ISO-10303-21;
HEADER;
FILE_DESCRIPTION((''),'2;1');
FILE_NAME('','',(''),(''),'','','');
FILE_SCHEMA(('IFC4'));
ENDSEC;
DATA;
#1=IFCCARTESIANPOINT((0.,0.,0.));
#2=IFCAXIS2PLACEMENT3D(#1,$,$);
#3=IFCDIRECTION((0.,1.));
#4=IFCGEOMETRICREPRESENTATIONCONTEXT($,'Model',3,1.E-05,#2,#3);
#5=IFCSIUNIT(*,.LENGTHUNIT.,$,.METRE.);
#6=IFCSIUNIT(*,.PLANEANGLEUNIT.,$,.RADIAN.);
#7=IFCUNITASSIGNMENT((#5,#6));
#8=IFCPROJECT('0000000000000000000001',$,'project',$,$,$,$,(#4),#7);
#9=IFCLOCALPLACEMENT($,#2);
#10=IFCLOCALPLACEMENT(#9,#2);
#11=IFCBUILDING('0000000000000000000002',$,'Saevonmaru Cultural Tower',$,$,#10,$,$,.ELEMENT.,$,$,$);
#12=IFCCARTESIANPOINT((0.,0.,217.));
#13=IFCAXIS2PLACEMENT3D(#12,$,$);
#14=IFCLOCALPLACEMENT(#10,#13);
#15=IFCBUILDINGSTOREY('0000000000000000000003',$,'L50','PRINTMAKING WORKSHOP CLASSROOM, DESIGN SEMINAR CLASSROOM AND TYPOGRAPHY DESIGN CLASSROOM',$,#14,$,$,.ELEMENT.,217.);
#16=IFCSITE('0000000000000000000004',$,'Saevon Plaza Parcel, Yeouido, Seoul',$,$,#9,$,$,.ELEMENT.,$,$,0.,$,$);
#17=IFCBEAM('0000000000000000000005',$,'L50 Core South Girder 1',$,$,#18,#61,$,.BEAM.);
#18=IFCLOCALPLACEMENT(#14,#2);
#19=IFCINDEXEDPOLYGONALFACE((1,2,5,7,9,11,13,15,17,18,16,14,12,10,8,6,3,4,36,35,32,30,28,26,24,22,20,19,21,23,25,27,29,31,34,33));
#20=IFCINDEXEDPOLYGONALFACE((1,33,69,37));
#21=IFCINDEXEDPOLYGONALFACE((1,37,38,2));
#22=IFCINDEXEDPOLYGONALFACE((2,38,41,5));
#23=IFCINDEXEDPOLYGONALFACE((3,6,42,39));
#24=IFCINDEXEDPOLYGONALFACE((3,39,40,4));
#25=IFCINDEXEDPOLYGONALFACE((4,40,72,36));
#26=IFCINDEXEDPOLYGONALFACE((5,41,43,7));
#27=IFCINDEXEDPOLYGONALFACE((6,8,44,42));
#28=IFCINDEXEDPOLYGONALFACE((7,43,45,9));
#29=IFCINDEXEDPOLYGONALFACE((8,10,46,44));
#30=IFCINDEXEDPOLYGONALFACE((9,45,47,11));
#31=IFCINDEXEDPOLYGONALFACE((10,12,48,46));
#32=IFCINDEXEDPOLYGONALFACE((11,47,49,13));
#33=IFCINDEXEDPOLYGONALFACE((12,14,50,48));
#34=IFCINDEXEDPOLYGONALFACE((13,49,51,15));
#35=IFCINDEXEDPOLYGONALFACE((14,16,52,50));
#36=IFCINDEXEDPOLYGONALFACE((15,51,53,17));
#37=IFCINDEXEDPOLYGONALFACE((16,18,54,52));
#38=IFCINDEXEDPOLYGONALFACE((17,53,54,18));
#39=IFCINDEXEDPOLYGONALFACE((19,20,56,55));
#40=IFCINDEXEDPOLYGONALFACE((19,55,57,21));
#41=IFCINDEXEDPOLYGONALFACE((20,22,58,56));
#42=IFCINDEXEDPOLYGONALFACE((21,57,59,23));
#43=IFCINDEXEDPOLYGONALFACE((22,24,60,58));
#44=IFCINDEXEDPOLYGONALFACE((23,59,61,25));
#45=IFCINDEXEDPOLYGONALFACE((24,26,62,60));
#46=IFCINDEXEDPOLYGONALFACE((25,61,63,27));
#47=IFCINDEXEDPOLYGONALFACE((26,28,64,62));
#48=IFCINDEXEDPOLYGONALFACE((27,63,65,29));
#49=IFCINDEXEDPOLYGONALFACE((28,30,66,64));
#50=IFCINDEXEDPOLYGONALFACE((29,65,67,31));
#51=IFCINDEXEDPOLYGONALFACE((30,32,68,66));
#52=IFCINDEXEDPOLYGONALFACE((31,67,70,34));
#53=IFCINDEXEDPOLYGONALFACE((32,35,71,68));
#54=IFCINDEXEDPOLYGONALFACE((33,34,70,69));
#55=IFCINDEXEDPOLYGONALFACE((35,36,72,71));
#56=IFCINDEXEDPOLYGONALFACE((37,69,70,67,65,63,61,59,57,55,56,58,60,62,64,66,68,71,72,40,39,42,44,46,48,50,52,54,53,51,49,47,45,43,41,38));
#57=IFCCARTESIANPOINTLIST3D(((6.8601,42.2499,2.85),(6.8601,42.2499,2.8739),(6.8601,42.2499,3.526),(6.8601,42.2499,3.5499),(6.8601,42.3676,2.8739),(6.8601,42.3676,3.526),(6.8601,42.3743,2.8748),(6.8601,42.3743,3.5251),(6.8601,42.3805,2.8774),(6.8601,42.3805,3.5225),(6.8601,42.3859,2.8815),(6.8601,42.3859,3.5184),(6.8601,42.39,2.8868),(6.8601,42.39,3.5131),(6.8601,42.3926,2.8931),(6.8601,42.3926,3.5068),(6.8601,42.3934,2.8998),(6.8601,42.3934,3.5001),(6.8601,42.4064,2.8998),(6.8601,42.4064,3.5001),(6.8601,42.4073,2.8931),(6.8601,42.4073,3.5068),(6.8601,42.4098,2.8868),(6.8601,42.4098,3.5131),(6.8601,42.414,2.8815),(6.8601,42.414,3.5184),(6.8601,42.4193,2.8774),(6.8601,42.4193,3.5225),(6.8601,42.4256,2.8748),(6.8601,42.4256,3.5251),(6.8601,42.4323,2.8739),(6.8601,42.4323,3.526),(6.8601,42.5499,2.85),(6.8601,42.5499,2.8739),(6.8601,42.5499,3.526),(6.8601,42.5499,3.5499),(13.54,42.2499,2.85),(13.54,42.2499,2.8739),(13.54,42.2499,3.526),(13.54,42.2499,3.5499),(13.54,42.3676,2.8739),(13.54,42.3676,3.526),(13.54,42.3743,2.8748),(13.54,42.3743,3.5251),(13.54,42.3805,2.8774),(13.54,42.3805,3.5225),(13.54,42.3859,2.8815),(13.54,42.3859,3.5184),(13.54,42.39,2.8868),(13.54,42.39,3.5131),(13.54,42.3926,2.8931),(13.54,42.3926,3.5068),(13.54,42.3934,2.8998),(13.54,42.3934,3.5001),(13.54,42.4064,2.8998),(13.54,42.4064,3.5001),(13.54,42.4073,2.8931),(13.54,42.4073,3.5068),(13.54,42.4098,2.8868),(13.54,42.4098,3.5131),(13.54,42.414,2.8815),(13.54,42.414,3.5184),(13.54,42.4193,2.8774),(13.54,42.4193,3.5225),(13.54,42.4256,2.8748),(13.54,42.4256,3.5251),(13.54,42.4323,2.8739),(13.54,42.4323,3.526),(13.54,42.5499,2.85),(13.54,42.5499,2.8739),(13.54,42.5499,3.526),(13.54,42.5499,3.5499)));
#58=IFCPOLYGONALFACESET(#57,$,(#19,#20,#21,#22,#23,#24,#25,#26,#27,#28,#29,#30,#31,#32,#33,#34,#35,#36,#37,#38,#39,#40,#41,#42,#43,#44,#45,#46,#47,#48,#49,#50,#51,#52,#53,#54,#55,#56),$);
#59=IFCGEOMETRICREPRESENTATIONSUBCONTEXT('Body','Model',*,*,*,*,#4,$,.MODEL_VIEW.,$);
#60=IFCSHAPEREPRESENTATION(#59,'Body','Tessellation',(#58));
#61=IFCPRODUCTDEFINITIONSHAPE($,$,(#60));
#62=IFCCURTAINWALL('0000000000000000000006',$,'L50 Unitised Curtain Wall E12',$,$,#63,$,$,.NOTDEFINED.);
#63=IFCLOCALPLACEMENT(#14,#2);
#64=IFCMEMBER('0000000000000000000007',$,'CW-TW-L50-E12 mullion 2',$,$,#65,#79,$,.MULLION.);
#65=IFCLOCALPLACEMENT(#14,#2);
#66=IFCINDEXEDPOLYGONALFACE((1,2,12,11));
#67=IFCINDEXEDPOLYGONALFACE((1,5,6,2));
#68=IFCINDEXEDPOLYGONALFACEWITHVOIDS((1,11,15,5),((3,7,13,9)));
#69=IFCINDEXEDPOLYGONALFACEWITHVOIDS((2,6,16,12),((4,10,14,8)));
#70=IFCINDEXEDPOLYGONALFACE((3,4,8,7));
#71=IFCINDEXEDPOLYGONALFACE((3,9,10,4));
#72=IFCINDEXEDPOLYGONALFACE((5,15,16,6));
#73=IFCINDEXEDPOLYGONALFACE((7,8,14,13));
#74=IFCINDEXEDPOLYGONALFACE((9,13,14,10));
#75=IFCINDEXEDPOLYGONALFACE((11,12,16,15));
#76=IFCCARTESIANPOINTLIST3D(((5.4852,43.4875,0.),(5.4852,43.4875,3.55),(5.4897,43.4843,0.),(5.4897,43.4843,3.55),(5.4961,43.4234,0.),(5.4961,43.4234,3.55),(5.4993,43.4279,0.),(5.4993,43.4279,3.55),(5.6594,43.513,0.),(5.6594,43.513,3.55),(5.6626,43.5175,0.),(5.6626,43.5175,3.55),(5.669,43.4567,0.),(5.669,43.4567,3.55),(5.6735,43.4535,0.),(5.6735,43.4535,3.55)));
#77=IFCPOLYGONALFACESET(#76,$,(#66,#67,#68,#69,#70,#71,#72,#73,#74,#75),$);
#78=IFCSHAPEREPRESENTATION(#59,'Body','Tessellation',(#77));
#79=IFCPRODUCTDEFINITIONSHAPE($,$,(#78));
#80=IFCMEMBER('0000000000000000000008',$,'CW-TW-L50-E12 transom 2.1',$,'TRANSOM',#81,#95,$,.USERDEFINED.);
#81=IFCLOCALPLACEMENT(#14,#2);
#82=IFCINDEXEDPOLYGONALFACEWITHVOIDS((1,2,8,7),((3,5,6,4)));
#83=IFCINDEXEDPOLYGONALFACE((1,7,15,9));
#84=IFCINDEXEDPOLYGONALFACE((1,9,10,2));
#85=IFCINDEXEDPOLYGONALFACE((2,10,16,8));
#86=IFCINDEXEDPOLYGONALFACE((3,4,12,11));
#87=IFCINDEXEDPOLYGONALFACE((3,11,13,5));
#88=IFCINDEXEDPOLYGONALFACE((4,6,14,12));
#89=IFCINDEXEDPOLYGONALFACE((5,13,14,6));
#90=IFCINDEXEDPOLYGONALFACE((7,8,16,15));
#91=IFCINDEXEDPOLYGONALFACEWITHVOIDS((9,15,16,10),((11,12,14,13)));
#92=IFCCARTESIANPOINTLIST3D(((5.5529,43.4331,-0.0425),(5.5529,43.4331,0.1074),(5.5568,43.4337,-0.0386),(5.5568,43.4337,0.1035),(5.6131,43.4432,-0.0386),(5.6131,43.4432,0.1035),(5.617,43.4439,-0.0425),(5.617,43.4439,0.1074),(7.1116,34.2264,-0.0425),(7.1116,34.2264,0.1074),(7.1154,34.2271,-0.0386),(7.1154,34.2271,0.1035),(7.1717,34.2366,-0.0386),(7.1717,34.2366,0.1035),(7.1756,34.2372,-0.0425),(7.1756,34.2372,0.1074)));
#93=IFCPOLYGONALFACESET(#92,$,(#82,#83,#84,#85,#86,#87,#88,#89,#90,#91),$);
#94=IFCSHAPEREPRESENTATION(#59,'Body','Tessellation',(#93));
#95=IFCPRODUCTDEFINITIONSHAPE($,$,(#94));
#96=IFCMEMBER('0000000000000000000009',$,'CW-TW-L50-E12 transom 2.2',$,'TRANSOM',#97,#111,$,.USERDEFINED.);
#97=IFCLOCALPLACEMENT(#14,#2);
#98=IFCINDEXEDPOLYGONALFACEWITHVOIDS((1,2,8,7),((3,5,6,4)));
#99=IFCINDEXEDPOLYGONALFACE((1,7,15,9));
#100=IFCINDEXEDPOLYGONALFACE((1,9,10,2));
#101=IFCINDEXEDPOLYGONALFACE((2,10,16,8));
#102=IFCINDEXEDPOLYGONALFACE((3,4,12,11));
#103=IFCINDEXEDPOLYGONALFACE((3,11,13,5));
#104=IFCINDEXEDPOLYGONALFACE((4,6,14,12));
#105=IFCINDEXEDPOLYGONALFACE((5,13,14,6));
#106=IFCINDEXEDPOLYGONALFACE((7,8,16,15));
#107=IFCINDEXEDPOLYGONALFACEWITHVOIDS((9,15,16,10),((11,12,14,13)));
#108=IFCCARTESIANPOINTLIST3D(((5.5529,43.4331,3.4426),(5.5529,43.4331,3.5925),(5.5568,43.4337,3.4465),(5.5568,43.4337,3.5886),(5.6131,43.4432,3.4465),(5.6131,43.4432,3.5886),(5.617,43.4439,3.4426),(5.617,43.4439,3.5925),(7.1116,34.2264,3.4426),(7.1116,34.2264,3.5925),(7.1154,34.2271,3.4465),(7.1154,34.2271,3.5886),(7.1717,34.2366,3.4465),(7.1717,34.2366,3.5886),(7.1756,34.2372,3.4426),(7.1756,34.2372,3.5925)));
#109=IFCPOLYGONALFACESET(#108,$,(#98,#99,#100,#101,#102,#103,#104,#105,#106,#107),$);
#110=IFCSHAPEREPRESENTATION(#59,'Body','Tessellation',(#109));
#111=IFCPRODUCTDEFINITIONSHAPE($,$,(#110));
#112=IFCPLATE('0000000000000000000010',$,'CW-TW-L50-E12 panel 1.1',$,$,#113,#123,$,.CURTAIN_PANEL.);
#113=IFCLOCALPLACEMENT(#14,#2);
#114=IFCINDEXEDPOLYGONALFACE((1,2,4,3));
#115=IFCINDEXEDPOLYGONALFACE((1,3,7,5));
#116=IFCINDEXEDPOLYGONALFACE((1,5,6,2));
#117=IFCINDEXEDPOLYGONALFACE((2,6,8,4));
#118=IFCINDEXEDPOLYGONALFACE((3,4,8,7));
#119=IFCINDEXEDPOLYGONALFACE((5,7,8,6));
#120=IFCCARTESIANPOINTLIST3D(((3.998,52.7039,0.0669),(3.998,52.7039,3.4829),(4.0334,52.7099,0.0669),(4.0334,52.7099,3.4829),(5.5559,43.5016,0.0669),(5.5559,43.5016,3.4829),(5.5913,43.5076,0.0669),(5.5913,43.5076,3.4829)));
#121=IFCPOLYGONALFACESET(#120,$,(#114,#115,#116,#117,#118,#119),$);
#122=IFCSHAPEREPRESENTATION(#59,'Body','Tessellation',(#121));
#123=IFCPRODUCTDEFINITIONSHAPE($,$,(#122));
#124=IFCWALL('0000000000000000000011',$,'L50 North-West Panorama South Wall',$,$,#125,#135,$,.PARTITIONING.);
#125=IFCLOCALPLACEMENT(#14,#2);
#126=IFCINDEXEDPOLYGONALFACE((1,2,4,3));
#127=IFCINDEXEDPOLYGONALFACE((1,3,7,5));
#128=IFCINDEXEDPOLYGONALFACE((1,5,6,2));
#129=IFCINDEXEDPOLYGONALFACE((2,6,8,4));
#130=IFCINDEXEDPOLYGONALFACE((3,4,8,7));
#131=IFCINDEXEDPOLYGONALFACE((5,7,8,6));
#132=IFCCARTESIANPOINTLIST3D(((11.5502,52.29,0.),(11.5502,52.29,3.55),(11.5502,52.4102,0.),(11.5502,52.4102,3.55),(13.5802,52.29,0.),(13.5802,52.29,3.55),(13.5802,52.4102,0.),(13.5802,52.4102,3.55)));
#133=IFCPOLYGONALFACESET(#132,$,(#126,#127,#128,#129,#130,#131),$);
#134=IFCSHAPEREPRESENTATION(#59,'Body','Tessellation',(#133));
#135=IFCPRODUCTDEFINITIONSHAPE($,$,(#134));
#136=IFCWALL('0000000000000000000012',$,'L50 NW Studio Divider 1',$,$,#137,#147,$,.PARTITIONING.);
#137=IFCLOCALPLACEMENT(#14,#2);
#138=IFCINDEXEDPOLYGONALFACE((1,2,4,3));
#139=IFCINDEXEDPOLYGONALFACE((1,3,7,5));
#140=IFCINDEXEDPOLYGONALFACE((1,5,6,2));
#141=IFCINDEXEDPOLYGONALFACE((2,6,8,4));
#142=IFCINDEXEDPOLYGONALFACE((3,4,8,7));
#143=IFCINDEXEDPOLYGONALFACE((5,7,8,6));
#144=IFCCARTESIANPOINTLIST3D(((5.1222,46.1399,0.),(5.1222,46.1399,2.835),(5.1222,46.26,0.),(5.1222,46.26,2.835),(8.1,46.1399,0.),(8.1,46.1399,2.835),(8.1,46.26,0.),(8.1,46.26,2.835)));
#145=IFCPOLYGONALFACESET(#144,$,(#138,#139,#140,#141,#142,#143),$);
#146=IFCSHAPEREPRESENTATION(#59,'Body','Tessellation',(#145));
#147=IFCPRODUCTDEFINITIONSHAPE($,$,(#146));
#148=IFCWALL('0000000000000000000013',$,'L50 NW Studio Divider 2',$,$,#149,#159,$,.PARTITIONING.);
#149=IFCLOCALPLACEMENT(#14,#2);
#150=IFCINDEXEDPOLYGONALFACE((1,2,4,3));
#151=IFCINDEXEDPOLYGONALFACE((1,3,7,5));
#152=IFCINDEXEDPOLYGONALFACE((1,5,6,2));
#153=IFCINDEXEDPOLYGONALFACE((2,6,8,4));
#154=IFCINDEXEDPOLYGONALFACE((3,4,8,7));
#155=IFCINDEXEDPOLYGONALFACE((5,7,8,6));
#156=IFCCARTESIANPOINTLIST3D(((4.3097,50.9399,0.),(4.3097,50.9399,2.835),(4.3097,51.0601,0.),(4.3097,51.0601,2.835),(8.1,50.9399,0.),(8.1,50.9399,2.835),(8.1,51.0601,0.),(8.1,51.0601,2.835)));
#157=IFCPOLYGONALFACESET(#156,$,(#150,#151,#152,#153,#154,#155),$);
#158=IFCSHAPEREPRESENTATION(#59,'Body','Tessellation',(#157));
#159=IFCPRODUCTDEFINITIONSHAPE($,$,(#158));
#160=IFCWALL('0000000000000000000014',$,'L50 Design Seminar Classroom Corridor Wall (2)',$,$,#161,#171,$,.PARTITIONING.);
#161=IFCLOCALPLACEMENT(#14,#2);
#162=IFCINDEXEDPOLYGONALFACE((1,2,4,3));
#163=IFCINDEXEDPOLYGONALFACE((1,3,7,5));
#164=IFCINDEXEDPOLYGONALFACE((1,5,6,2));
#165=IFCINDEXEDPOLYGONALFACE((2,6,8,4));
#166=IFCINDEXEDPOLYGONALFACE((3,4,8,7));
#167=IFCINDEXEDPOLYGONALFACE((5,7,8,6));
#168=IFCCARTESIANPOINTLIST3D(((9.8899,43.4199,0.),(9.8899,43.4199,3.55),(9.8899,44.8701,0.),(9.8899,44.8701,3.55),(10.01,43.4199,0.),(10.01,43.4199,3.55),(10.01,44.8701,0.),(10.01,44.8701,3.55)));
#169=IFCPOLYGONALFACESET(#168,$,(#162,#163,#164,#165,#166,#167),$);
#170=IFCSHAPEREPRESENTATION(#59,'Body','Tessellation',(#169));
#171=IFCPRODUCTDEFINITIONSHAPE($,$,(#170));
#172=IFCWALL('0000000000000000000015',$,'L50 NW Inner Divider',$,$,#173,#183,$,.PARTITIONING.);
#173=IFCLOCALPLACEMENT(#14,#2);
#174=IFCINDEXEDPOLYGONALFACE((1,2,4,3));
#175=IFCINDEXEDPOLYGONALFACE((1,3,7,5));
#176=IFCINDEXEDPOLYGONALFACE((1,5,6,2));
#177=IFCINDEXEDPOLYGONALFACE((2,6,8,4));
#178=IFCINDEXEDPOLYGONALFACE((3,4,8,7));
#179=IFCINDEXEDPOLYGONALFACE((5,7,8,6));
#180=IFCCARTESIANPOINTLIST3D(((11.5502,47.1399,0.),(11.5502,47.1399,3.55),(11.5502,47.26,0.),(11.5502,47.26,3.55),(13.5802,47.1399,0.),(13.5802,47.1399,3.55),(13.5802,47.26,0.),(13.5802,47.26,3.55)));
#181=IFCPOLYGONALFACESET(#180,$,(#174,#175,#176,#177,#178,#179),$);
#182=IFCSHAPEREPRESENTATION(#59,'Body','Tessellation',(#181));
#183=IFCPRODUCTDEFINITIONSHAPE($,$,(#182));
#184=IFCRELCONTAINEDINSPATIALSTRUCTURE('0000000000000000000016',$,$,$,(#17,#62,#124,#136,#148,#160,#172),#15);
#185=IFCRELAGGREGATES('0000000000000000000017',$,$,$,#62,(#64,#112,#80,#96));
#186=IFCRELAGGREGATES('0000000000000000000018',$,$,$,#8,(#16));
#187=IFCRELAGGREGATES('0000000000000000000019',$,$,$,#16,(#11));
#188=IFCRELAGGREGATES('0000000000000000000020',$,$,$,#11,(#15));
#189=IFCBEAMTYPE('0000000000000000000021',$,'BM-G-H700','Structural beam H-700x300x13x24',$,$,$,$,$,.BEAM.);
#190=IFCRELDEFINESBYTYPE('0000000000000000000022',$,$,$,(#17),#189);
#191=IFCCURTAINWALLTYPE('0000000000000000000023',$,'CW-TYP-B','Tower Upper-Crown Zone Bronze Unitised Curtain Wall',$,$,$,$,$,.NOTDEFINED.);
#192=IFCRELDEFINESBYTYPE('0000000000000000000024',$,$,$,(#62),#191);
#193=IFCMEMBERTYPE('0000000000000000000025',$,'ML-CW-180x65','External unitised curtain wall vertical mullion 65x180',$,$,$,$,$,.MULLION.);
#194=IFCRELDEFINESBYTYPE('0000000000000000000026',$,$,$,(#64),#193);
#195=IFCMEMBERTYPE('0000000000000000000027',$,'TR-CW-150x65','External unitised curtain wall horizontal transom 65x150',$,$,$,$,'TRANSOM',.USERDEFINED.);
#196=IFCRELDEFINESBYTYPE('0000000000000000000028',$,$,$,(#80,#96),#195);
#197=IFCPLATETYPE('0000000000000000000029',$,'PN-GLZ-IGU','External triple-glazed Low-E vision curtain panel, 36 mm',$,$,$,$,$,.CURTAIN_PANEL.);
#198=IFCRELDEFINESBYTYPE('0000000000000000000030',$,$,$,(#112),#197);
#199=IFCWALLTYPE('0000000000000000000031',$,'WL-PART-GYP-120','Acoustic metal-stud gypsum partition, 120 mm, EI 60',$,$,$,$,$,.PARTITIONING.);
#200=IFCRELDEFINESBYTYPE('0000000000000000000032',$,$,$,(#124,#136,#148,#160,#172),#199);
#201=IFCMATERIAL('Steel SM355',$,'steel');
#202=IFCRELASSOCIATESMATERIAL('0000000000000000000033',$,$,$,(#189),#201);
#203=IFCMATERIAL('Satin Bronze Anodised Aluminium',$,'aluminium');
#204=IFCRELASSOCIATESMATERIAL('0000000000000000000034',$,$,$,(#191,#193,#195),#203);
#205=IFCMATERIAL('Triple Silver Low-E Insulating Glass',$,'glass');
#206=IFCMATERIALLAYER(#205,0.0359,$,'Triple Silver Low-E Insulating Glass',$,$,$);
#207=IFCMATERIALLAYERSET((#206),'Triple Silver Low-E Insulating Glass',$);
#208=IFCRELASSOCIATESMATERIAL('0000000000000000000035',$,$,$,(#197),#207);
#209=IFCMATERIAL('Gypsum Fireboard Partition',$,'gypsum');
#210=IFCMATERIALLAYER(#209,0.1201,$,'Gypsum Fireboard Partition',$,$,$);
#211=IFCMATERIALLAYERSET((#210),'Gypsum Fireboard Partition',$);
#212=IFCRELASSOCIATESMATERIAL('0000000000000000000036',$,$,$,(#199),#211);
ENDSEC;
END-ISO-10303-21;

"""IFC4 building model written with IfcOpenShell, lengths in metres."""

from ifc_helpers import new_model, si_unit, direction, frame, frame_2d, origin, origin_2d, place, context, subcontext, project, spatial, rectangle, hollow_rectangle, i_section, extrude, material, layer, layer_set, material_profile, profile_set, type_object, element, aggregate, save


model = new_model("IFC4")

# Units and contexts
model_context = context("Model", 3, precision=1e-05, world=origin(), true_north=direction((0.0, 1.0)))
body_context = subcontext(model_context, "Body", "Model", "MODEL_VIEW")
ifc_project = project(units=[si_unit("LENGTHUNIT", "METRE"), si_unit("PLANEANGLEUNIT", "RADIAN")], contexts=[model_context])

# Site, building, storey
site_placement = place(None, origin())
site = spatial("IfcSite", under=ifc_project, at=site_placement, Name="Saevon Plaza Parcel, Yeouido, Seoul", CompositionType="ELEMENT", RefElevation=0.0)
building_placement = place(site_placement, origin())
building = spatial("IfcBuilding", under=site, at=building_placement, Name="Saevonmaru Cultural Tower", CompositionType="ELEMENT")
storey_placement = place(building_placement, frame((0.0, 0.0, 217.0)))
storey = spatial("IfcBuildingStorey", under=building, at=storey_placement, Name="L50", Description="PRINTMAKING WORKSHOP CLASSROOM, DESIGN SEMINAR CLASSROOM AND TYPOGRAPHY DESIGN CLASSROOM", CompositionType="ELEMENT", Elevation=217.0)

# Beam
ifc_material_1 = material(Name="Steel SM355", Category="steel")
ifc_material_profile_1 = material_profile(ifc_material_1, i_section(OverallWidth=0.3, OverallDepth=0.7, WebThickness=0.0129, FlangeThickness=0.0239, FilletRadius=0.0259, at=origin_2d()), Name="H-700x300x13x24")
ifc_profile_set_1 = profile_set([ifc_material_profile_1], Name="Steel SM355")
beam_type = type_object("IfcBeamType", Name="BM-G-H700", Description="Structural beam H-700x300x13x24", PredefinedType="BEAM", material=ifc_profile_set_1)
beam_placement = place(storey_placement, frame((6.8601, 42.3999, 3.2), z_axis=(1.0, 0.0, 0.0), x_axis=(0.0, 1.0, 0.0)))
element("IfcBeam", 1, at=beam_placement, inside=storey, type_object=beam_type, Name="L50 Core South Girder 1", PredefinedType="BEAM", context=body_context, shape_type="SweptSolid", body=[
    extrude(i_section(OverallWidth=0.3, OverallDepth=0.7, WebThickness=0.0129, FlangeThickness=0.0239, FilletRadius=0.0259, at=origin_2d()), origin(), (0.0, 0.0, 1.0), 6.6799),
])

# Curtain wall, members, plate
ifc_material_2 = material(Name="Satin Bronze Anodised Aluminium", Category="aluminium")
curtain_wall_type = type_object("IfcCurtainWallType", Name="CW-TYP-B", Description="Tower Upper-Crown Zone Bronze Unitised Curtain Wall", PredefinedType="NOTDEFINED", material=ifc_material_2)
curtain_wall_placement = place(storey_placement, origin())
curtain_wall = element("IfcCurtainWall", 2, at=curtain_wall_placement, inside=storey, type_object=curtain_wall_type, Name="L50 Unitised Curtain Wall E12", PredefinedType="NOTDEFINED")
ifc_material_profile_2 = material_profile(ifc_material_2, hollow_rectangle(XDim=0.0649, YDim=0.1799, WallThickness=0.0039, at=origin_2d()), Name="ALU-MULL-180x65x4")
ifc_profile_set_2 = profile_set([ifc_material_profile_2], Name="Satin Bronze Anodised Aluminium")
member_type_1 = type_object("IfcMemberType", Name="ML-CW-180x65", Description="External unitised curtain wall vertical mullion 65x180", PredefinedType="MULLION", material=ifc_profile_set_2)
member_1_placement = place(storey_placement, frame((5.5793, 43.4705, 0.0), z_axis=(0.0, 0.0, 1.0), x_axis=(0.166922, -0.98597, 0.0)))
member_1 = element("IfcMember", 3, at=member_1_placement, type_object=member_type_1, Name="CW-TW-L50-E12 mullion 2", PredefinedType="MULLION", context=body_context, shape_type="SweptSolid", body=[
    extrude(hollow_rectangle(XDim=0.0649, YDim=0.1799, WallThickness=0.0039, at=origin_2d()), origin(), (0.0, 0.0, 1.0), 3.55),
])
ifc_material_profile_3 = material_profile(ifc_material_2, hollow_rectangle(XDim=0.0649, YDim=0.1499, WallThickness=0.0039, at=origin_2d()), Name="ALU-TRAN-150x65x4")
ifc_profile_set_3 = profile_set([ifc_material_profile_3], Name="Satin Bronze Anodised Aluminium")
member_type_2 = type_object("IfcMemberType", Name="TR-CW-150x65", Description="External unitised curtain wall horizontal transom 65x150", ElementType="TRANSOM", PredefinedType="USERDEFINED", material=ifc_profile_set_3)
member_2_placement = place(storey_placement, frame((5.585, 43.4385, 0.0325), z_axis=(0.166917, -0.985971, 0.0), x_axis=(0.985971, 0.166917, 0.0)))
member_2 = element("IfcMember", 4, at=member_2_placement, type_object=member_type_2, Name="CW-TW-L50-E12 transom 2.1", ObjectType="TRANSOM", PredefinedType="USERDEFINED", context=body_context, shape_type="SweptSolid", body=[
    extrude(hollow_rectangle(XDim=0.0649, YDim=0.1499, WallThickness=0.0039, at=origin_2d()), origin(), (0.0, 0.0, 1.0), 9.3376),
])
member_3_placement = place(storey_placement, frame((5.585, 43.4385, 3.5176), z_axis=(0.166917, -0.985971, 0.0), x_axis=(0.985971, 0.166917, 0.0)))
member_3 = element("IfcMember", 5, at=member_3_placement, type_object=member_type_2, Name="CW-TW-L50-E12 transom 2.2", ObjectType="TRANSOM", PredefinedType="USERDEFINED", context=body_context, shape_type="SweptSolid", body=[
    extrude(hollow_rectangle(XDim=0.0649, YDim=0.1499, WallThickness=0.0039, at=origin_2d()), origin(), (0.0, 0.0, 1.0), 9.3376),
])
ifc_material_3 = material(Name="Triple Silver Low-E Insulating Glass", Category="glass")
ifc_layer_1 = layer(ifc_material_3, 0.0359, Name="Triple Silver Low-E Insulating Glass")
ifc_layer_set_1 = layer_set([ifc_layer_1], Name="Triple Silver Low-E Insulating Glass")
plate_type = type_object("IfcPlateType", Name="PN-GLZ-IGU", Description="External triple-glazed Low-E vision curtain panel, 36 mm", PredefinedType="CURTAIN_PANEL", material=ifc_layer_set_1)
plate_placement = place(storey_placement, frame((4.7947, 48.1057, 0.0669), z_axis=(0.0, 0.0, 1.0), x_axis=(0.166922, -0.98597, 0.0)))
plate = element("IfcPlate", 6, at=plate_placement, type_object=plate_type, Name="CW-TW-L50-E12 panel 1.1", PredefinedType="CURTAIN_PANEL", context=body_context, shape_type="SweptSolid", body=[
    extrude(rectangle(XDim=9.3333, YDim=0.0359, at=origin_2d()), origin(), (0.0, 0.0, 1.0), 3.416),
])
aggregate(curtain_wall, [member_1, plate, member_2, member_3])

# Walls
ifc_material_4 = material(Name="Gypsum Fireboard Partition", Category="gypsum")
ifc_layer_2 = layer(ifc_material_4, 0.1201, Name="Gypsum Fireboard Partition")
ifc_layer_set_2 = layer_set([ifc_layer_2], Name="Gypsum Fireboard Partition")
wall_type_1 = type_object("IfcWallType", Name="WL-PART-GYP-120", Description="Acoustic metal-stud gypsum partition, 120 mm, EI 60", PredefinedType="PARTITIONING", material=ifc_layer_set_2)
wall_1_placement = place(storey_placement, frame((11.55, 52.3501, 0.0), z_axis=(0.0, 0.0, 1.0), x_axis=(1.0, 0.0, 0.0)))
element("IfcWall", 7, at=wall_1_placement, inside=storey, type_object=wall_type_1, Name="L50 North-West Panorama South Wall", PredefinedType="PARTITIONING", context=body_context, shape_type="SweptSolid", body=[
    extrude(rectangle(XDim=2.03, YDim=0.1201, at=frame_2d((1.0151, 0.0))), origin(), (0.0, 0.0, 1.0), 3.55),
])
wall_2_placement = place(storey_placement, frame((5.1223, 46.2, 0.0), z_axis=(0.0, 0.0, 1.0), x_axis=(1.0, 0.0, 0.0)))
element("IfcWall", 8, at=wall_2_placement, inside=storey, type_object=wall_type_1, Name="L50 NW Studio Divider 1", PredefinedType="PARTITIONING", context=body_context, shape_type="SweptSolid", body=[
    extrude(rectangle(XDim=2.9778, YDim=0.1201, at=frame_2d((1.4888, 0.0))), origin(), (0.0, 0.0, 1.0), 2.835),
])
wall_3_placement = place(storey_placement, frame((4.3098, 51.0, 0.0), z_axis=(0.0, 0.0, 1.0), x_axis=(1.0, 0.0, 0.0)))
element("IfcWall", 9, at=wall_3_placement, inside=storey, type_object=wall_type_1, Name="L50 NW Studio Divider 2", PredefinedType="PARTITIONING", context=body_context, shape_type="SweptSolid", body=[
    extrude(rectangle(XDim=3.7903, YDim=0.1201, at=frame_2d((1.895, 0.0))), origin(), (0.0, 0.0, 1.0), 2.835),
])
wall_4_placement = place(storey_placement, frame((9.95, 43.4199, 0.0), z_axis=(0.0, 0.0, 1.0), x_axis=(0.0, 1.0, 0.0)))
element("IfcWall", 10, at=wall_4_placement, inside=storey, type_object=wall_type_1, Name="L50 Design Seminar Classroom Corridor Wall (2)", PredefinedType="PARTITIONING", context=body_context, shape_type="SweptSolid", body=[
    extrude(rectangle(XDim=1.4502, YDim=0.1201, at=frame_2d((0.7251, 0.0))), origin(), (0.0, 0.0, 1.0), 3.55),
])
wall_5_placement = place(storey_placement, frame((11.55, 47.2, 0.0), z_axis=(0.0, 0.0, 1.0), x_axis=(1.0, 0.0, 0.0)))
element("IfcWall", 11, at=wall_5_placement, inside=storey, type_object=wall_type_1, Name="L50 NW Inner Divider", PredefinedType="PARTITIONING", context=body_context, shape_type="SweptSolid", body=[
    extrude(rectangle(XDim=2.03, YDim=0.1201, at=frame_2d((1.0151, 0.0))), origin(), (0.0, 0.0, 1.0), 3.55),
])

save(model, "model.ifc")
